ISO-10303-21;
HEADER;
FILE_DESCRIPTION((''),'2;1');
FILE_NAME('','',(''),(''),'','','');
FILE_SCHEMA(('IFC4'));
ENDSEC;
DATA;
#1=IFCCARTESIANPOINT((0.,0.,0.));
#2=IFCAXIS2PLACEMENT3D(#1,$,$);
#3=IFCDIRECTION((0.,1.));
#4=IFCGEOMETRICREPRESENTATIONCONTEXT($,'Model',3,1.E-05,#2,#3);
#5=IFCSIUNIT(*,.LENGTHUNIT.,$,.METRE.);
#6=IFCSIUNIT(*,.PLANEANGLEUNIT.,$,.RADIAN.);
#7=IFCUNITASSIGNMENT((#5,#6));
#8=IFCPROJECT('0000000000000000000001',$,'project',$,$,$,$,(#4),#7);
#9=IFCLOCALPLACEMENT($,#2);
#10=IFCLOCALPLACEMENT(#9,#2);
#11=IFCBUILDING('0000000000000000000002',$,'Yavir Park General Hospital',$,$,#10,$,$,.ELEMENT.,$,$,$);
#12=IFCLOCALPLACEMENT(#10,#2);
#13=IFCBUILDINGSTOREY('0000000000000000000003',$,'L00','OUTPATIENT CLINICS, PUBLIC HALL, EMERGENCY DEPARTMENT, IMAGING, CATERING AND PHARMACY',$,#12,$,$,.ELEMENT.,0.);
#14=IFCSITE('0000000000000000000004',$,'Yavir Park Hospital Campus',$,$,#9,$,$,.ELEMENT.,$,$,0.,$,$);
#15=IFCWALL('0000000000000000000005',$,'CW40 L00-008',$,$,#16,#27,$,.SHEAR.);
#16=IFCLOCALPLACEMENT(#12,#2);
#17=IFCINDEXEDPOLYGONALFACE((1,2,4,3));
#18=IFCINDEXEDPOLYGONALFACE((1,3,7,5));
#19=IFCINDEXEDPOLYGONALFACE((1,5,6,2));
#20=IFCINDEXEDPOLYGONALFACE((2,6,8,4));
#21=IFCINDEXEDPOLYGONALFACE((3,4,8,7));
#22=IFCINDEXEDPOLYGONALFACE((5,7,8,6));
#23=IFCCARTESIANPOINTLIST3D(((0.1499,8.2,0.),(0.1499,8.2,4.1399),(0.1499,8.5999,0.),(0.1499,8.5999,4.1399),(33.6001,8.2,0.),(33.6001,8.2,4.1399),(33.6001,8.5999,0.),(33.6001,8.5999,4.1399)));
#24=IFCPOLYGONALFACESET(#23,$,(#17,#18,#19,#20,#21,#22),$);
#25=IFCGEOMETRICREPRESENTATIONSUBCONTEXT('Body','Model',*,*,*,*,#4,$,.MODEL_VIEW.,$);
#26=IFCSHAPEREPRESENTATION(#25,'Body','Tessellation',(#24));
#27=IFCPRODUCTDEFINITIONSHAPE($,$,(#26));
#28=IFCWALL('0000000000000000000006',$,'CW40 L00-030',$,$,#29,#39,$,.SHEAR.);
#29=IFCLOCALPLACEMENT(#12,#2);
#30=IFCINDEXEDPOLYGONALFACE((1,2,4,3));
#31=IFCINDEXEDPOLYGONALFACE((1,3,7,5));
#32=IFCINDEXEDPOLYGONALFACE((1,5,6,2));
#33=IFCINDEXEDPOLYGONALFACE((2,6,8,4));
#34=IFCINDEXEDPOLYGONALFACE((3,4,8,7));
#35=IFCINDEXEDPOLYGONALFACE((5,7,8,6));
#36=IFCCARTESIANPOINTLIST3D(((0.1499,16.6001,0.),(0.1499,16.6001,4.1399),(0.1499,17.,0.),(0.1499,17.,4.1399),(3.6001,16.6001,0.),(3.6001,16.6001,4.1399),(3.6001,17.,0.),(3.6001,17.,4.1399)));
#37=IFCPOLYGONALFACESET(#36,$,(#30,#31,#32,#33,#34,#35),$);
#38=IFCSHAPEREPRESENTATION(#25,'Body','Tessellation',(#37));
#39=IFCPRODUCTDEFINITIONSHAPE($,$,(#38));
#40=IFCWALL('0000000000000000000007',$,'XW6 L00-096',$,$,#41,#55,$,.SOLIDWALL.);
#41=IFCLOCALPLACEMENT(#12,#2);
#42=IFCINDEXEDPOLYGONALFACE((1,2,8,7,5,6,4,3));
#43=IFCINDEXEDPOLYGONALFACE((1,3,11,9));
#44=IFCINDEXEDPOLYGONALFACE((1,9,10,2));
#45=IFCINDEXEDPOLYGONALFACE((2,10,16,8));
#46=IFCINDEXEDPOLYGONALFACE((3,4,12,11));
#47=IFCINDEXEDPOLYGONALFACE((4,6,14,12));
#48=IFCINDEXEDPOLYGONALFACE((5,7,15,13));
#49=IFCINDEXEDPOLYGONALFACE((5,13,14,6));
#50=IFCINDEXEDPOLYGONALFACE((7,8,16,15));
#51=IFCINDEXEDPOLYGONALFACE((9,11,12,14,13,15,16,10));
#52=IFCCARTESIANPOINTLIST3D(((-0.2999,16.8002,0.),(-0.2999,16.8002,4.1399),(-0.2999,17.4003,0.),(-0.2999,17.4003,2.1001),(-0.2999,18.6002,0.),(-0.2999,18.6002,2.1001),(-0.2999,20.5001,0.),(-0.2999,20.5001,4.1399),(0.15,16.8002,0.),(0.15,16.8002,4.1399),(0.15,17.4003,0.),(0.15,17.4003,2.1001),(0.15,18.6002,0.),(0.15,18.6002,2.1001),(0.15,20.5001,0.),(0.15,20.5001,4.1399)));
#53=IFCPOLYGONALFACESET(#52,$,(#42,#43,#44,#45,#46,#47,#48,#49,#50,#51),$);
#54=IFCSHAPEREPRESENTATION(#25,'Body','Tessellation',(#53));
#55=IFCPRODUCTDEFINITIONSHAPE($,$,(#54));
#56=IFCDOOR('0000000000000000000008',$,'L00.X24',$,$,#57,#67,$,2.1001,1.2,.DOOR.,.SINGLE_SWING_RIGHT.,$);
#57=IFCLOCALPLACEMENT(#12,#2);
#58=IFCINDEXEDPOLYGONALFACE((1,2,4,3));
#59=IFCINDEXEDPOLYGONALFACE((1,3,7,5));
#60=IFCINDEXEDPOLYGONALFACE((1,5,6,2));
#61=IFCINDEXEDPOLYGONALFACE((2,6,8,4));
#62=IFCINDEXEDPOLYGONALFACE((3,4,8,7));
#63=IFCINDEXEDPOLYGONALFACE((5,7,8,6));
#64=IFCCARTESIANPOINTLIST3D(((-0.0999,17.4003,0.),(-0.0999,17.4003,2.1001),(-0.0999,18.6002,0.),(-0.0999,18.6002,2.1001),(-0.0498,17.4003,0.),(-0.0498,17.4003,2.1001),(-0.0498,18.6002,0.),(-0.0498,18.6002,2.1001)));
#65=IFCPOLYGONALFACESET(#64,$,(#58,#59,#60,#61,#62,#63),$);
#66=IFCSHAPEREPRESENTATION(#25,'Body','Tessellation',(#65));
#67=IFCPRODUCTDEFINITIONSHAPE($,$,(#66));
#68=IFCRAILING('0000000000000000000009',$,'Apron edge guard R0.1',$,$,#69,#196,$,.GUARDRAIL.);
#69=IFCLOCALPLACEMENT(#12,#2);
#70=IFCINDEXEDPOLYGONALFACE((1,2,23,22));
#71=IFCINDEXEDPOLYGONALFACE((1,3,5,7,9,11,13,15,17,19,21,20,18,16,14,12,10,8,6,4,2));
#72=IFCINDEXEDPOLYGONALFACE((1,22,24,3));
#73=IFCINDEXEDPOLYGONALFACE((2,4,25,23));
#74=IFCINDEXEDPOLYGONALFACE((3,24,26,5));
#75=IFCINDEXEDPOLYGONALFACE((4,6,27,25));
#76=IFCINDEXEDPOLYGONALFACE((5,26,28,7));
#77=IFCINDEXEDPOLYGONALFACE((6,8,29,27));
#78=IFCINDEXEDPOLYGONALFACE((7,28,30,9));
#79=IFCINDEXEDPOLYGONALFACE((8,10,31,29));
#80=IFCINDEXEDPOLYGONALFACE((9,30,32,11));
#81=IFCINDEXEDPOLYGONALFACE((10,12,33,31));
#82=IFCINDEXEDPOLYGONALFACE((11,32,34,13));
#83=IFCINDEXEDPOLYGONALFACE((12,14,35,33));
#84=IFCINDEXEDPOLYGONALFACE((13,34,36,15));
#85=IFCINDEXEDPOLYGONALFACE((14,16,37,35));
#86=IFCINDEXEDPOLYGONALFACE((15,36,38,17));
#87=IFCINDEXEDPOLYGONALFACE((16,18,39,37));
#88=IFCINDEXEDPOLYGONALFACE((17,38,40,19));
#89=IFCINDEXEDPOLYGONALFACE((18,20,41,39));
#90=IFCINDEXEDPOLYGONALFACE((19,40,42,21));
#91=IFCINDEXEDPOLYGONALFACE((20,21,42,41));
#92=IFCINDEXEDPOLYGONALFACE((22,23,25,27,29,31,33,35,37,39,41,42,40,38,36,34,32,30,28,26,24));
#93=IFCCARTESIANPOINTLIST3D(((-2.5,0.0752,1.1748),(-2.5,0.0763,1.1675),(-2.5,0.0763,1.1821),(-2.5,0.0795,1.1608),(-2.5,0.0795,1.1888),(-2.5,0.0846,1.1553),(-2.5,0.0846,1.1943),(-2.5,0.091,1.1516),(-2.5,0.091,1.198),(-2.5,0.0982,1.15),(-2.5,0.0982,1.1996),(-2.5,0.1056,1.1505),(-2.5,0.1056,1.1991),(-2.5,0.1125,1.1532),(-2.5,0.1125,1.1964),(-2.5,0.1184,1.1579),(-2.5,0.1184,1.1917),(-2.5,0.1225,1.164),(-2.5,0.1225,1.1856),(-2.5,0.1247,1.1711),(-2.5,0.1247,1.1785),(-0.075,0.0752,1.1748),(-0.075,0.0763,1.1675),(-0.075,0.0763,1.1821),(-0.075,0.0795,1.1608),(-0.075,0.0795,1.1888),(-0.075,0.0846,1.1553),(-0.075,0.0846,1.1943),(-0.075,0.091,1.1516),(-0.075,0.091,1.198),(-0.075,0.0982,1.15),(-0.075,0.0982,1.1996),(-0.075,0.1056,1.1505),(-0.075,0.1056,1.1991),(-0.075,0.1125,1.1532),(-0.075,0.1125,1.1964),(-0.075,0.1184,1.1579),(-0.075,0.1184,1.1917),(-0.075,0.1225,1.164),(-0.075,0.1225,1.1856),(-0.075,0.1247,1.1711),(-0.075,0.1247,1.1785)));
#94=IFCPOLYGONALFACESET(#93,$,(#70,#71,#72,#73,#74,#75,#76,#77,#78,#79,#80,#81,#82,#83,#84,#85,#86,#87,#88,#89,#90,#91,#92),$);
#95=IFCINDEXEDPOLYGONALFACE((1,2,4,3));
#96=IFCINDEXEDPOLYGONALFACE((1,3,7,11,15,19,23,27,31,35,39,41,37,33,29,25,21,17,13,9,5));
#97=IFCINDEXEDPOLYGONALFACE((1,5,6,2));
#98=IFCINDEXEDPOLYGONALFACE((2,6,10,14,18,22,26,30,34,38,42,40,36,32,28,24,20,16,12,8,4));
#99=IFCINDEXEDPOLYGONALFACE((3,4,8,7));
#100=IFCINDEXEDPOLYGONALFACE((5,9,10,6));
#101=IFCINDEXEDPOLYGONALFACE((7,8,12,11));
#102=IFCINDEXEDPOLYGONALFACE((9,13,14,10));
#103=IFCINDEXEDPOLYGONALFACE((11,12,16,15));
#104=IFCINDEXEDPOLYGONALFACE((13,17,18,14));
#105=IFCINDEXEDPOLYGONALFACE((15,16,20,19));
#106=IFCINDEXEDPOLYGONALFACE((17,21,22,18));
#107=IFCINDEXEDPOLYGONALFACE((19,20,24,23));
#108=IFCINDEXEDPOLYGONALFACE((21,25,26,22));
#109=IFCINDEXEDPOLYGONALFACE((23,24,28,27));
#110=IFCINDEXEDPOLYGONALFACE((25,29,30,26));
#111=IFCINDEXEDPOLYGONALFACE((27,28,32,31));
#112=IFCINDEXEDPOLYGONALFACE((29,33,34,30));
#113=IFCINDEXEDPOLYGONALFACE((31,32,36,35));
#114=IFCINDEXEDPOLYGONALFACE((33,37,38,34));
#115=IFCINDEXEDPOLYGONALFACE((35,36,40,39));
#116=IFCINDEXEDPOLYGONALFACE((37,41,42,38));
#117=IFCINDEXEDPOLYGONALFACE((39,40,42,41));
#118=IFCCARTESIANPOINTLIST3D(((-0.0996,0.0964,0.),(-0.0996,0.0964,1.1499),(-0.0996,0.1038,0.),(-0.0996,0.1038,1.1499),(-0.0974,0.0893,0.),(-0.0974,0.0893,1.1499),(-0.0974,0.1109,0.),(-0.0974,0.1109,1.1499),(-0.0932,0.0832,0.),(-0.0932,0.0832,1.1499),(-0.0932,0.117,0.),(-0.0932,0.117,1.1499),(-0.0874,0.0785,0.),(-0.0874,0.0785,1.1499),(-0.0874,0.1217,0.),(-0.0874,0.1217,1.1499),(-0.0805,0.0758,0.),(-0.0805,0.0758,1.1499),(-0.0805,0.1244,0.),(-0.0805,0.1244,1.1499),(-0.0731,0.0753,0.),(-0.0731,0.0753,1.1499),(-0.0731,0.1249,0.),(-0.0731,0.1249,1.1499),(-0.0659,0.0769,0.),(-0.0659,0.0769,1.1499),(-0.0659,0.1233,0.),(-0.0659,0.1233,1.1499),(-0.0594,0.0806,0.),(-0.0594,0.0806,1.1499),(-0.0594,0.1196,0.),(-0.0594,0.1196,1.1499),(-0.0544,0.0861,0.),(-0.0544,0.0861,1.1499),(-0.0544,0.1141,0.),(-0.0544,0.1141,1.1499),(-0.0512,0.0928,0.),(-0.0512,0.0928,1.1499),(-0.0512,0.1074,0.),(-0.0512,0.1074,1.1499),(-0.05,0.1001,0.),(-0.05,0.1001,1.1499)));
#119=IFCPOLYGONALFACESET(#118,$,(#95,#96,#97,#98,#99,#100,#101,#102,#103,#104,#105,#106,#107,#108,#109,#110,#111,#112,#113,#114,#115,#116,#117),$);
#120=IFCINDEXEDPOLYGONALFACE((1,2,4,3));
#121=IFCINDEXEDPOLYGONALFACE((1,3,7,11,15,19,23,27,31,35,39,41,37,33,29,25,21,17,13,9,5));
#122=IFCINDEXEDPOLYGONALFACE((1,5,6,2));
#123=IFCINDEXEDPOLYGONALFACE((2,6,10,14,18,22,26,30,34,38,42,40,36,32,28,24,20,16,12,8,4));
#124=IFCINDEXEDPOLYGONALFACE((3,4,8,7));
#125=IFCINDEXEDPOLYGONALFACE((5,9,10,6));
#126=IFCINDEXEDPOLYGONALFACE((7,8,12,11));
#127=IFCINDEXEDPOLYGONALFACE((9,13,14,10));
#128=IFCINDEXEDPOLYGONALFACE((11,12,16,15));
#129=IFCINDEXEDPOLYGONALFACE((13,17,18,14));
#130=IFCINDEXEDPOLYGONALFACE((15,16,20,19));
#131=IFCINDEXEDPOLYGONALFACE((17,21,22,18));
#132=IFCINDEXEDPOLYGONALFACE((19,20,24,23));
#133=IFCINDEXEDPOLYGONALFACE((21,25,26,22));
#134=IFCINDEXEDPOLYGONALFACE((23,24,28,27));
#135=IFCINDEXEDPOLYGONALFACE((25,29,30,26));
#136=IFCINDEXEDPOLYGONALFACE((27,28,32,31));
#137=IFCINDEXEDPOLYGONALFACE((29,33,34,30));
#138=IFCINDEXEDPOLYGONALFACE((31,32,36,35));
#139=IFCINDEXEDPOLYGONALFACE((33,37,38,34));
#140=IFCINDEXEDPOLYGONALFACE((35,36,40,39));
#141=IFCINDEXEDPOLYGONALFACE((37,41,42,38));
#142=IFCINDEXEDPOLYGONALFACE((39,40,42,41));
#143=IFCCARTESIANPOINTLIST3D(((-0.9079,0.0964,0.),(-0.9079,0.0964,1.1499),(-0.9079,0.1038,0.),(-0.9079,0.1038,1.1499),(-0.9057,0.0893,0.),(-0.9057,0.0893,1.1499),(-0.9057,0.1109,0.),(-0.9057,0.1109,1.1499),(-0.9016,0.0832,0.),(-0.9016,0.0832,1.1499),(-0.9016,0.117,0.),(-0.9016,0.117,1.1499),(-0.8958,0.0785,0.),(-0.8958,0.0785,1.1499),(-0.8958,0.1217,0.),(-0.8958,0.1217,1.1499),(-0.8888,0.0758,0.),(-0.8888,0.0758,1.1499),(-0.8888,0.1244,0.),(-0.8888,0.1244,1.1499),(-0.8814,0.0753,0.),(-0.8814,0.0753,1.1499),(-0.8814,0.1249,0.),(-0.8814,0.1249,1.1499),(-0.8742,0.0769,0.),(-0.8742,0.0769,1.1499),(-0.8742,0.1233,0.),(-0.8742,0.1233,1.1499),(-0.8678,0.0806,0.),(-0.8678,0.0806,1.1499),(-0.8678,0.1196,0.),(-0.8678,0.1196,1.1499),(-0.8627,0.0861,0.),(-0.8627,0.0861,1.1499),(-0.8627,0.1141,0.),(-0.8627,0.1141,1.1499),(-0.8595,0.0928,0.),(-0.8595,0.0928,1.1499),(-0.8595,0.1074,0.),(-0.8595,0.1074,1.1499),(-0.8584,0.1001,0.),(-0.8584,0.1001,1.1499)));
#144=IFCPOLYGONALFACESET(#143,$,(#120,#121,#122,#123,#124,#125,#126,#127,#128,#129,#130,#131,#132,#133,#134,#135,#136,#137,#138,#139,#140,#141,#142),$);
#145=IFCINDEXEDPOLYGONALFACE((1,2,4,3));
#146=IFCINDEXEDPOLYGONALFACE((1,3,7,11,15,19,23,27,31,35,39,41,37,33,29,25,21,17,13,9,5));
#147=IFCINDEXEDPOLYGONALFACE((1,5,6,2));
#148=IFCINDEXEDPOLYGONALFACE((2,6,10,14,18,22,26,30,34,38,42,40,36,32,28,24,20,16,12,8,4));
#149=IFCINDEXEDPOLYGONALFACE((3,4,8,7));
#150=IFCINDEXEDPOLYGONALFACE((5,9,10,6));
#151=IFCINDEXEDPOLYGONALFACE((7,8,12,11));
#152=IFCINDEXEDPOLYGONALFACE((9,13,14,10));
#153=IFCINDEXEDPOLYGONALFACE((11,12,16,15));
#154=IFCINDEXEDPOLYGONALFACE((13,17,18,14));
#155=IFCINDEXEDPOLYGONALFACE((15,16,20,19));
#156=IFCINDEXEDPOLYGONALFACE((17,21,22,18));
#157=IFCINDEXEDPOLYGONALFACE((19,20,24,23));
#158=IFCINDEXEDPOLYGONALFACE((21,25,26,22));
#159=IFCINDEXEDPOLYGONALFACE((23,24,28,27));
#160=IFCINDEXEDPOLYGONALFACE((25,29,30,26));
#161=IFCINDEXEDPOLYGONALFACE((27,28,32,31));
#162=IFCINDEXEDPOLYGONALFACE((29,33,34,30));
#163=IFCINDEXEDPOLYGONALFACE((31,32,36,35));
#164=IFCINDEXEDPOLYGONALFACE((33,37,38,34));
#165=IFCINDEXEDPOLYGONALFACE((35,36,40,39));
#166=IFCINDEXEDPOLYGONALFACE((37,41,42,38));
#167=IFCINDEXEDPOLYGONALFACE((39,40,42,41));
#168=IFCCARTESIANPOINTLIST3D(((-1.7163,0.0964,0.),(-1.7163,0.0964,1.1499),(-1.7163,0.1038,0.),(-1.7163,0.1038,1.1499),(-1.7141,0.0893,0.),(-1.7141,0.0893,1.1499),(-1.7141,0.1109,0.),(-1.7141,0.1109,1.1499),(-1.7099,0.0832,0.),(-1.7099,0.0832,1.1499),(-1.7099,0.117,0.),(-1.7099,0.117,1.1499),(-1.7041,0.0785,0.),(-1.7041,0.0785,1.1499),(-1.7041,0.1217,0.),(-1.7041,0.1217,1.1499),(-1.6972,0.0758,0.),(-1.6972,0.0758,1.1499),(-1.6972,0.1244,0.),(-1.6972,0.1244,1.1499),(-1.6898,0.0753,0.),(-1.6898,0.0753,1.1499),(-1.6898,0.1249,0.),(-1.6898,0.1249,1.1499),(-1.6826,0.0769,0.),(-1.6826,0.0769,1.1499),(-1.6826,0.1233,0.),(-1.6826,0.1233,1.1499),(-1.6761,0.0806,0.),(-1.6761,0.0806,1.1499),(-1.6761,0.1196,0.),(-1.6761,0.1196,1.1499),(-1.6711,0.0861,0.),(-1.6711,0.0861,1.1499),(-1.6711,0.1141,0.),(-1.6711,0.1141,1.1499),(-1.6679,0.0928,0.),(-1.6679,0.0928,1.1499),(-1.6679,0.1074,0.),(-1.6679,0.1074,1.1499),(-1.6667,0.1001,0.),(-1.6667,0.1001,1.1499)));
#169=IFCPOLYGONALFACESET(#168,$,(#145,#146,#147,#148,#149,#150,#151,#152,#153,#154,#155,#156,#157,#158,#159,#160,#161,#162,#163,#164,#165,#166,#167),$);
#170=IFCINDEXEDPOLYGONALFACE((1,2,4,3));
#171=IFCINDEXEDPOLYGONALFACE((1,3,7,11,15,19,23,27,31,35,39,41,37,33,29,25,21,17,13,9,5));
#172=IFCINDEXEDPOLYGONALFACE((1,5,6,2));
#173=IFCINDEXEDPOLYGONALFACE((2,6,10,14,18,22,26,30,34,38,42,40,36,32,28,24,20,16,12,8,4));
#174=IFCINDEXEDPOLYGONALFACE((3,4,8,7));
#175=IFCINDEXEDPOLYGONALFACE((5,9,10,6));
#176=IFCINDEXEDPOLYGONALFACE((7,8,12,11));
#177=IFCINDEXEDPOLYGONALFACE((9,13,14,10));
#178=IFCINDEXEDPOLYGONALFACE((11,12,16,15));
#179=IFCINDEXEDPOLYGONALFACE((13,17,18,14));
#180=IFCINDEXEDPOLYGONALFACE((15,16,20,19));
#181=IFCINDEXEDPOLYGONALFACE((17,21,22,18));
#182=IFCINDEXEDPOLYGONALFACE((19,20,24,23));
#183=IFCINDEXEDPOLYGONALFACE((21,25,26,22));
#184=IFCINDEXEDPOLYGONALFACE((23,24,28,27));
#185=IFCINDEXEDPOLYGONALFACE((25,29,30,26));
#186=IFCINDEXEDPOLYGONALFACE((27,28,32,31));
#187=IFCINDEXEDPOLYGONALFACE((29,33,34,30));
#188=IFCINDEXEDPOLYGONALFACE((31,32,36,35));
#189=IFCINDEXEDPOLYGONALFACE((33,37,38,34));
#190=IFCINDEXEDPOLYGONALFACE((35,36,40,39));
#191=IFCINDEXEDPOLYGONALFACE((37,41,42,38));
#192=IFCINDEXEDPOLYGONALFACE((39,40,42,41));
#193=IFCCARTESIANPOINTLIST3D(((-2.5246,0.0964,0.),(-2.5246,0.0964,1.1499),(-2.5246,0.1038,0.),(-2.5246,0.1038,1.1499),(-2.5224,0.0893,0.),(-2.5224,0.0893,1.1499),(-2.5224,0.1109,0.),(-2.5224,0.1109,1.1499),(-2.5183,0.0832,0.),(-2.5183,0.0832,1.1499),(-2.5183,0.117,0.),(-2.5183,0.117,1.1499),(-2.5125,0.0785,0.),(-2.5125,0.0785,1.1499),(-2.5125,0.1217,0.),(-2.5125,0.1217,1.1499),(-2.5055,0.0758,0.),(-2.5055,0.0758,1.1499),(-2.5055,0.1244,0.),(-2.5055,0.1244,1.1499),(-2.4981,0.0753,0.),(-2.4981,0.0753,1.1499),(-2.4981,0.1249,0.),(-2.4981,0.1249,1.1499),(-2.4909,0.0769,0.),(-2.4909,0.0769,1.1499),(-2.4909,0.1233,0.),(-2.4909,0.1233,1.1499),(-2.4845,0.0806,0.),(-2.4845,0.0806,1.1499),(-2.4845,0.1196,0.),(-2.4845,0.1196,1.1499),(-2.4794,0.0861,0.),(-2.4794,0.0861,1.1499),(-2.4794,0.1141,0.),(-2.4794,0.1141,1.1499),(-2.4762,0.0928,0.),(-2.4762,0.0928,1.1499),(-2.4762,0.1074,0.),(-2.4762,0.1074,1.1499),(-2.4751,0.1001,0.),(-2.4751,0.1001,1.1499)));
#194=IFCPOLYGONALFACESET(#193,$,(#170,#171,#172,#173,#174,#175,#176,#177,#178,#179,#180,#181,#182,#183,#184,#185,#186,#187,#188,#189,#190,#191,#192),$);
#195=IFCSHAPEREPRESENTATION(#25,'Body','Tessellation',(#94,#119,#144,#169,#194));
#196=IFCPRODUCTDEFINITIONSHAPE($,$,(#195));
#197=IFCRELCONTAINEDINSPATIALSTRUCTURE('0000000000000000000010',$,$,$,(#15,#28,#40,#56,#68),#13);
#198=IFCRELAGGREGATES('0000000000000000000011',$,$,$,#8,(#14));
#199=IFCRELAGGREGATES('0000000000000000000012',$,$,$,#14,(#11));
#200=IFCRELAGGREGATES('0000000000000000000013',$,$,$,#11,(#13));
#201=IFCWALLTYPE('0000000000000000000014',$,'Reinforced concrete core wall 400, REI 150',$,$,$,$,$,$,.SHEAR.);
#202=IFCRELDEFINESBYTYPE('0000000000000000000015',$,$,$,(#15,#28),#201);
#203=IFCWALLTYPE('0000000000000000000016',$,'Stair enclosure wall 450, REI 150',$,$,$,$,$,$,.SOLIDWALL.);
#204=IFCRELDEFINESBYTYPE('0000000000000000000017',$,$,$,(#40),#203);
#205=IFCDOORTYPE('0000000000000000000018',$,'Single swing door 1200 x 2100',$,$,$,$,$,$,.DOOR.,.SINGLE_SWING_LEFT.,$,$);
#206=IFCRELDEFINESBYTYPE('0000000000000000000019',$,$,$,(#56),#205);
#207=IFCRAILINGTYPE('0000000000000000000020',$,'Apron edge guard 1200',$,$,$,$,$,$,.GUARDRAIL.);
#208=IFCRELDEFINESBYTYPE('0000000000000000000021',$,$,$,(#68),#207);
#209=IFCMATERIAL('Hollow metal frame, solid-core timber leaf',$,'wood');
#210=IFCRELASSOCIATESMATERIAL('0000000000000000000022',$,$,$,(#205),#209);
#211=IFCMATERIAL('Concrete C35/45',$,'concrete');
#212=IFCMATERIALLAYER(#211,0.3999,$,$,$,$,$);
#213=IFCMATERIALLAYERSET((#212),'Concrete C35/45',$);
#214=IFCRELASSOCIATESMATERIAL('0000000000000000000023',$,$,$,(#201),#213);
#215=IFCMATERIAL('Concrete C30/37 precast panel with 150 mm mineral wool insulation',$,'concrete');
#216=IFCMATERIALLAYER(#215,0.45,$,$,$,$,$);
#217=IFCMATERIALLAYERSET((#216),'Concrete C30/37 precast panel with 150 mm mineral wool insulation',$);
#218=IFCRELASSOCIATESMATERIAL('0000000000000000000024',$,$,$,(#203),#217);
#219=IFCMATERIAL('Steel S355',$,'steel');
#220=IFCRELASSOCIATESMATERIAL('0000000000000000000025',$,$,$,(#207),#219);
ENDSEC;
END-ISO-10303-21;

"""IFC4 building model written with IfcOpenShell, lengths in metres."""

from ifc_helpers import new_model, si_unit, direction, frame, frame_2d, origin, origin_2d, place, context, subcontext, project, spatial, rectangle, circle, extrude, material, layer, layer_set, type_object, element, fill, save


model = new_model("IFC4")

# Units and contexts
model_context = context("Model", 3, precision=1e-05, world=origin(), true_north=direction((0.0, 1.0)))
body_context = subcontext(model_context, "Body", "Model", "MODEL_VIEW")
ifc_project = project(units=[si_unit("LENGTHUNIT", "METRE"), si_unit("PLANEANGLEUNIT", "RADIAN")], contexts=[model_context])

# Site, building, storey
site_placement = place(None, origin())
site = spatial("IfcSite", under=ifc_project, at=site_placement, Name="Yavir Park Hospital Campus", CompositionType="ELEMENT", RefElevation=0.0)
building_placement = place(site_placement, origin())
building = spatial("IfcBuilding", under=site, at=building_placement, Name="Yavir Park General Hospital", CompositionType="ELEMENT")
storey_placement = place(building_placement, origin())
storey = spatial("IfcBuildingStorey", under=building, at=storey_placement, Name="L00", Description="OUTPATIENT CLINICS, PUBLIC HALL, EMERGENCY DEPARTMENT, IMAGING, CATERING AND PHARMACY", CompositionType="ELEMENT", Elevation=0.0)

# Shared definitions
ifc_material_1 = material(Name="Hollow metal frame, solid-core timber leaf", Category="wood")
door_type_1 = type_object("IfcDoorType", Name="Single swing door 1200 x 2100", OperationType="SINGLE_SWING_LEFT", PredefinedType="DOOR", material=ifc_material_1)

# Walls
ifc_material_2 = material(Name="Concrete C35/45", Category="concrete")
ifc_layer_1 = layer(ifc_material_2, 0.3999)
ifc_layer_set_1 = layer_set([ifc_layer_1], Name="Concrete C35/45")
wall_type_1 = type_object("IfcWallType", Name="Reinforced concrete core wall 400, REI 150", PredefinedType="SHEAR", material=ifc_layer_set_1)
wall_1_placement = place(storey_placement, frame((0.1499, 8.3999, 0.0), z_axis=(0.0, 0.0, 1.0), x_axis=(1.0, 0.0, 0.0)))
element("IfcWall", 1, at=wall_1_placement, inside=storey, type_object=wall_type_1, Name="CW40 L00-008", PredefinedType="SHEAR", context=body_context, shape_type="SweptSolid", body=[
    extrude(rectangle(XDim=33.4502, YDim=0.3999, at=frame_2d((16.7251, 0.0))), origin(), (0.0, 0.0, 1.0), 4.1399),
])
wall_2_placement = place(storey_placement, frame((0.1499, 16.8, 0.0), z_axis=(0.0, 0.0, 1.0), x_axis=(1.0, 0.0, 0.0)))
element("IfcWall", 2, at=wall_2_placement, inside=storey, type_object=wall_type_1, Name="CW40 L00-030", PredefinedType="SHEAR", context=body_context, shape_type="SweptSolid", body=[
    extrude(rectangle(XDim=3.4502, YDim=0.3999, at=frame_2d((1.7251, 0.0))), origin(), (0.0, 0.0, 1.0), 4.1399),
])

# Wall, opening, door
ifc_material_3 = material(Name="Concrete C30/37 precast panel with 150 mm mineral wool insulation", Category="concrete")
ifc_layer_2 = layer(ifc_material_3, 0.45)
ifc_layer_set_2 = layer_set([ifc_layer_2], Name="Concrete C30/37 precast panel with 150 mm mineral wool insulation")
wall_type_2 = type_object("IfcWallType", Name="Stair enclosure wall 450, REI 150", PredefinedType="SOLIDWALL", material=ifc_layer_set_2)
wall_3_placement = place(storey_placement, frame((-0.075, 16.8, 0.0), z_axis=(0.0, 0.0, 1.0), x_axis=(0.0, 1.0, 0.0)))
wall_3 = element("IfcWall", 3, at=wall_3_placement, inside=storey, type_object=wall_type_2, Name="XW6 L00-096", PredefinedType="SOLIDWALL", context=body_context, shape_type="SweptSolid", body=[
    extrude(rectangle(XDim=3.7, YDim=0.45, at=frame_2d((1.8501, 0.0))), origin(), (0.0, 0.0, 1.0), 4.1399),
])
opening_1_placement = place(wall_3_placement, frame((0.6001, 0.0, 0.0)))
opening_1 = element("IfcOpeningElement", 4, at=opening_1_placement, cuts=wall_3, PredefinedType="OPENING", context=body_context, shape_type="SweptSolid", body=[
    extrude(rectangle(XDim=1.2, YDim=2.1001, at=frame_2d((0.6001, 1.05))), frame((0.0, 0.2349, 0.0), z_axis=(0.0, -1.0, 0.0), x_axis=(1.0, 0.0, 0.0)), (0.0, 0.0, 1.0), 0.47),
])
door_1_placement = place(opening_1_placement, origin())
door_1 = element("IfcDoor", 5, at=door_1_placement, inside=storey, type_object=door_type_1, Name="L00.X24", OperationType="SINGLE_SWING_RIGHT", OverallHeight=2.1001, OverallWidth=1.2, PredefinedType="DOOR", context=body_context, shape_type="SweptSolid", body=[
    extrude(rectangle(XDim=1.2, YDim=2.1001, at=frame_2d((0.6001, 1.05))), frame((0.0, 0.0249, 0.0), z_axis=(0.0, -1.0, 0.0), x_axis=(1.0, 0.0, 0.0)), (0.0, 0.0, 1.0), 0.05),
])
fill(opening_1, door_1)

# Railing
ifc_material_4 = material(Name="Steel S355", Category="steel")
railing_type = type_object("IfcRailingType", Name="Apron edge guard 1200", PredefinedType="GUARDRAIL", material=ifc_material_4)
railing_placement = place(storey_placement, frame((-0.075, 0.1001, 0.0)))
element("IfcRailing", 6, at=railing_placement, inside=storey, type_object=railing_type, Name="Apron edge guard R0.1", PredefinedType="GUARDRAIL", context=body_context, shape_type="SweptSolid", body=[
    extrude(circle(Radius=0.0249, at=origin_2d()), frame((0.0, 0.0, 1.1748), z_axis=(-1.0, 0.0, 0.0), x_axis=(0.0, -1.0, 0.0)), (0.0, 0.0, 1.0), 2.425),
    extrude(circle(Radius=0.0249, at=origin_2d()), origin(), (0.0, 0.0, 1.0), 1.1499),
    extrude(circle(Radius=0.0249, at=origin_2d()), frame((-0.8083, 0.0, 0.0)), (0.0, 0.0, 1.0), 1.1499),
    extrude(circle(Radius=0.0249, at=origin_2d()), frame((-1.6167, 0.0, 0.0)), (0.0, 0.0, 1.0), 1.1499),
    extrude(circle(Radius=0.0249, at=origin_2d()), frame((-2.425, 0.0, 0.0)), (0.0, 0.0, 1.0), 1.1499),
])

save(model, "model.ifc")
